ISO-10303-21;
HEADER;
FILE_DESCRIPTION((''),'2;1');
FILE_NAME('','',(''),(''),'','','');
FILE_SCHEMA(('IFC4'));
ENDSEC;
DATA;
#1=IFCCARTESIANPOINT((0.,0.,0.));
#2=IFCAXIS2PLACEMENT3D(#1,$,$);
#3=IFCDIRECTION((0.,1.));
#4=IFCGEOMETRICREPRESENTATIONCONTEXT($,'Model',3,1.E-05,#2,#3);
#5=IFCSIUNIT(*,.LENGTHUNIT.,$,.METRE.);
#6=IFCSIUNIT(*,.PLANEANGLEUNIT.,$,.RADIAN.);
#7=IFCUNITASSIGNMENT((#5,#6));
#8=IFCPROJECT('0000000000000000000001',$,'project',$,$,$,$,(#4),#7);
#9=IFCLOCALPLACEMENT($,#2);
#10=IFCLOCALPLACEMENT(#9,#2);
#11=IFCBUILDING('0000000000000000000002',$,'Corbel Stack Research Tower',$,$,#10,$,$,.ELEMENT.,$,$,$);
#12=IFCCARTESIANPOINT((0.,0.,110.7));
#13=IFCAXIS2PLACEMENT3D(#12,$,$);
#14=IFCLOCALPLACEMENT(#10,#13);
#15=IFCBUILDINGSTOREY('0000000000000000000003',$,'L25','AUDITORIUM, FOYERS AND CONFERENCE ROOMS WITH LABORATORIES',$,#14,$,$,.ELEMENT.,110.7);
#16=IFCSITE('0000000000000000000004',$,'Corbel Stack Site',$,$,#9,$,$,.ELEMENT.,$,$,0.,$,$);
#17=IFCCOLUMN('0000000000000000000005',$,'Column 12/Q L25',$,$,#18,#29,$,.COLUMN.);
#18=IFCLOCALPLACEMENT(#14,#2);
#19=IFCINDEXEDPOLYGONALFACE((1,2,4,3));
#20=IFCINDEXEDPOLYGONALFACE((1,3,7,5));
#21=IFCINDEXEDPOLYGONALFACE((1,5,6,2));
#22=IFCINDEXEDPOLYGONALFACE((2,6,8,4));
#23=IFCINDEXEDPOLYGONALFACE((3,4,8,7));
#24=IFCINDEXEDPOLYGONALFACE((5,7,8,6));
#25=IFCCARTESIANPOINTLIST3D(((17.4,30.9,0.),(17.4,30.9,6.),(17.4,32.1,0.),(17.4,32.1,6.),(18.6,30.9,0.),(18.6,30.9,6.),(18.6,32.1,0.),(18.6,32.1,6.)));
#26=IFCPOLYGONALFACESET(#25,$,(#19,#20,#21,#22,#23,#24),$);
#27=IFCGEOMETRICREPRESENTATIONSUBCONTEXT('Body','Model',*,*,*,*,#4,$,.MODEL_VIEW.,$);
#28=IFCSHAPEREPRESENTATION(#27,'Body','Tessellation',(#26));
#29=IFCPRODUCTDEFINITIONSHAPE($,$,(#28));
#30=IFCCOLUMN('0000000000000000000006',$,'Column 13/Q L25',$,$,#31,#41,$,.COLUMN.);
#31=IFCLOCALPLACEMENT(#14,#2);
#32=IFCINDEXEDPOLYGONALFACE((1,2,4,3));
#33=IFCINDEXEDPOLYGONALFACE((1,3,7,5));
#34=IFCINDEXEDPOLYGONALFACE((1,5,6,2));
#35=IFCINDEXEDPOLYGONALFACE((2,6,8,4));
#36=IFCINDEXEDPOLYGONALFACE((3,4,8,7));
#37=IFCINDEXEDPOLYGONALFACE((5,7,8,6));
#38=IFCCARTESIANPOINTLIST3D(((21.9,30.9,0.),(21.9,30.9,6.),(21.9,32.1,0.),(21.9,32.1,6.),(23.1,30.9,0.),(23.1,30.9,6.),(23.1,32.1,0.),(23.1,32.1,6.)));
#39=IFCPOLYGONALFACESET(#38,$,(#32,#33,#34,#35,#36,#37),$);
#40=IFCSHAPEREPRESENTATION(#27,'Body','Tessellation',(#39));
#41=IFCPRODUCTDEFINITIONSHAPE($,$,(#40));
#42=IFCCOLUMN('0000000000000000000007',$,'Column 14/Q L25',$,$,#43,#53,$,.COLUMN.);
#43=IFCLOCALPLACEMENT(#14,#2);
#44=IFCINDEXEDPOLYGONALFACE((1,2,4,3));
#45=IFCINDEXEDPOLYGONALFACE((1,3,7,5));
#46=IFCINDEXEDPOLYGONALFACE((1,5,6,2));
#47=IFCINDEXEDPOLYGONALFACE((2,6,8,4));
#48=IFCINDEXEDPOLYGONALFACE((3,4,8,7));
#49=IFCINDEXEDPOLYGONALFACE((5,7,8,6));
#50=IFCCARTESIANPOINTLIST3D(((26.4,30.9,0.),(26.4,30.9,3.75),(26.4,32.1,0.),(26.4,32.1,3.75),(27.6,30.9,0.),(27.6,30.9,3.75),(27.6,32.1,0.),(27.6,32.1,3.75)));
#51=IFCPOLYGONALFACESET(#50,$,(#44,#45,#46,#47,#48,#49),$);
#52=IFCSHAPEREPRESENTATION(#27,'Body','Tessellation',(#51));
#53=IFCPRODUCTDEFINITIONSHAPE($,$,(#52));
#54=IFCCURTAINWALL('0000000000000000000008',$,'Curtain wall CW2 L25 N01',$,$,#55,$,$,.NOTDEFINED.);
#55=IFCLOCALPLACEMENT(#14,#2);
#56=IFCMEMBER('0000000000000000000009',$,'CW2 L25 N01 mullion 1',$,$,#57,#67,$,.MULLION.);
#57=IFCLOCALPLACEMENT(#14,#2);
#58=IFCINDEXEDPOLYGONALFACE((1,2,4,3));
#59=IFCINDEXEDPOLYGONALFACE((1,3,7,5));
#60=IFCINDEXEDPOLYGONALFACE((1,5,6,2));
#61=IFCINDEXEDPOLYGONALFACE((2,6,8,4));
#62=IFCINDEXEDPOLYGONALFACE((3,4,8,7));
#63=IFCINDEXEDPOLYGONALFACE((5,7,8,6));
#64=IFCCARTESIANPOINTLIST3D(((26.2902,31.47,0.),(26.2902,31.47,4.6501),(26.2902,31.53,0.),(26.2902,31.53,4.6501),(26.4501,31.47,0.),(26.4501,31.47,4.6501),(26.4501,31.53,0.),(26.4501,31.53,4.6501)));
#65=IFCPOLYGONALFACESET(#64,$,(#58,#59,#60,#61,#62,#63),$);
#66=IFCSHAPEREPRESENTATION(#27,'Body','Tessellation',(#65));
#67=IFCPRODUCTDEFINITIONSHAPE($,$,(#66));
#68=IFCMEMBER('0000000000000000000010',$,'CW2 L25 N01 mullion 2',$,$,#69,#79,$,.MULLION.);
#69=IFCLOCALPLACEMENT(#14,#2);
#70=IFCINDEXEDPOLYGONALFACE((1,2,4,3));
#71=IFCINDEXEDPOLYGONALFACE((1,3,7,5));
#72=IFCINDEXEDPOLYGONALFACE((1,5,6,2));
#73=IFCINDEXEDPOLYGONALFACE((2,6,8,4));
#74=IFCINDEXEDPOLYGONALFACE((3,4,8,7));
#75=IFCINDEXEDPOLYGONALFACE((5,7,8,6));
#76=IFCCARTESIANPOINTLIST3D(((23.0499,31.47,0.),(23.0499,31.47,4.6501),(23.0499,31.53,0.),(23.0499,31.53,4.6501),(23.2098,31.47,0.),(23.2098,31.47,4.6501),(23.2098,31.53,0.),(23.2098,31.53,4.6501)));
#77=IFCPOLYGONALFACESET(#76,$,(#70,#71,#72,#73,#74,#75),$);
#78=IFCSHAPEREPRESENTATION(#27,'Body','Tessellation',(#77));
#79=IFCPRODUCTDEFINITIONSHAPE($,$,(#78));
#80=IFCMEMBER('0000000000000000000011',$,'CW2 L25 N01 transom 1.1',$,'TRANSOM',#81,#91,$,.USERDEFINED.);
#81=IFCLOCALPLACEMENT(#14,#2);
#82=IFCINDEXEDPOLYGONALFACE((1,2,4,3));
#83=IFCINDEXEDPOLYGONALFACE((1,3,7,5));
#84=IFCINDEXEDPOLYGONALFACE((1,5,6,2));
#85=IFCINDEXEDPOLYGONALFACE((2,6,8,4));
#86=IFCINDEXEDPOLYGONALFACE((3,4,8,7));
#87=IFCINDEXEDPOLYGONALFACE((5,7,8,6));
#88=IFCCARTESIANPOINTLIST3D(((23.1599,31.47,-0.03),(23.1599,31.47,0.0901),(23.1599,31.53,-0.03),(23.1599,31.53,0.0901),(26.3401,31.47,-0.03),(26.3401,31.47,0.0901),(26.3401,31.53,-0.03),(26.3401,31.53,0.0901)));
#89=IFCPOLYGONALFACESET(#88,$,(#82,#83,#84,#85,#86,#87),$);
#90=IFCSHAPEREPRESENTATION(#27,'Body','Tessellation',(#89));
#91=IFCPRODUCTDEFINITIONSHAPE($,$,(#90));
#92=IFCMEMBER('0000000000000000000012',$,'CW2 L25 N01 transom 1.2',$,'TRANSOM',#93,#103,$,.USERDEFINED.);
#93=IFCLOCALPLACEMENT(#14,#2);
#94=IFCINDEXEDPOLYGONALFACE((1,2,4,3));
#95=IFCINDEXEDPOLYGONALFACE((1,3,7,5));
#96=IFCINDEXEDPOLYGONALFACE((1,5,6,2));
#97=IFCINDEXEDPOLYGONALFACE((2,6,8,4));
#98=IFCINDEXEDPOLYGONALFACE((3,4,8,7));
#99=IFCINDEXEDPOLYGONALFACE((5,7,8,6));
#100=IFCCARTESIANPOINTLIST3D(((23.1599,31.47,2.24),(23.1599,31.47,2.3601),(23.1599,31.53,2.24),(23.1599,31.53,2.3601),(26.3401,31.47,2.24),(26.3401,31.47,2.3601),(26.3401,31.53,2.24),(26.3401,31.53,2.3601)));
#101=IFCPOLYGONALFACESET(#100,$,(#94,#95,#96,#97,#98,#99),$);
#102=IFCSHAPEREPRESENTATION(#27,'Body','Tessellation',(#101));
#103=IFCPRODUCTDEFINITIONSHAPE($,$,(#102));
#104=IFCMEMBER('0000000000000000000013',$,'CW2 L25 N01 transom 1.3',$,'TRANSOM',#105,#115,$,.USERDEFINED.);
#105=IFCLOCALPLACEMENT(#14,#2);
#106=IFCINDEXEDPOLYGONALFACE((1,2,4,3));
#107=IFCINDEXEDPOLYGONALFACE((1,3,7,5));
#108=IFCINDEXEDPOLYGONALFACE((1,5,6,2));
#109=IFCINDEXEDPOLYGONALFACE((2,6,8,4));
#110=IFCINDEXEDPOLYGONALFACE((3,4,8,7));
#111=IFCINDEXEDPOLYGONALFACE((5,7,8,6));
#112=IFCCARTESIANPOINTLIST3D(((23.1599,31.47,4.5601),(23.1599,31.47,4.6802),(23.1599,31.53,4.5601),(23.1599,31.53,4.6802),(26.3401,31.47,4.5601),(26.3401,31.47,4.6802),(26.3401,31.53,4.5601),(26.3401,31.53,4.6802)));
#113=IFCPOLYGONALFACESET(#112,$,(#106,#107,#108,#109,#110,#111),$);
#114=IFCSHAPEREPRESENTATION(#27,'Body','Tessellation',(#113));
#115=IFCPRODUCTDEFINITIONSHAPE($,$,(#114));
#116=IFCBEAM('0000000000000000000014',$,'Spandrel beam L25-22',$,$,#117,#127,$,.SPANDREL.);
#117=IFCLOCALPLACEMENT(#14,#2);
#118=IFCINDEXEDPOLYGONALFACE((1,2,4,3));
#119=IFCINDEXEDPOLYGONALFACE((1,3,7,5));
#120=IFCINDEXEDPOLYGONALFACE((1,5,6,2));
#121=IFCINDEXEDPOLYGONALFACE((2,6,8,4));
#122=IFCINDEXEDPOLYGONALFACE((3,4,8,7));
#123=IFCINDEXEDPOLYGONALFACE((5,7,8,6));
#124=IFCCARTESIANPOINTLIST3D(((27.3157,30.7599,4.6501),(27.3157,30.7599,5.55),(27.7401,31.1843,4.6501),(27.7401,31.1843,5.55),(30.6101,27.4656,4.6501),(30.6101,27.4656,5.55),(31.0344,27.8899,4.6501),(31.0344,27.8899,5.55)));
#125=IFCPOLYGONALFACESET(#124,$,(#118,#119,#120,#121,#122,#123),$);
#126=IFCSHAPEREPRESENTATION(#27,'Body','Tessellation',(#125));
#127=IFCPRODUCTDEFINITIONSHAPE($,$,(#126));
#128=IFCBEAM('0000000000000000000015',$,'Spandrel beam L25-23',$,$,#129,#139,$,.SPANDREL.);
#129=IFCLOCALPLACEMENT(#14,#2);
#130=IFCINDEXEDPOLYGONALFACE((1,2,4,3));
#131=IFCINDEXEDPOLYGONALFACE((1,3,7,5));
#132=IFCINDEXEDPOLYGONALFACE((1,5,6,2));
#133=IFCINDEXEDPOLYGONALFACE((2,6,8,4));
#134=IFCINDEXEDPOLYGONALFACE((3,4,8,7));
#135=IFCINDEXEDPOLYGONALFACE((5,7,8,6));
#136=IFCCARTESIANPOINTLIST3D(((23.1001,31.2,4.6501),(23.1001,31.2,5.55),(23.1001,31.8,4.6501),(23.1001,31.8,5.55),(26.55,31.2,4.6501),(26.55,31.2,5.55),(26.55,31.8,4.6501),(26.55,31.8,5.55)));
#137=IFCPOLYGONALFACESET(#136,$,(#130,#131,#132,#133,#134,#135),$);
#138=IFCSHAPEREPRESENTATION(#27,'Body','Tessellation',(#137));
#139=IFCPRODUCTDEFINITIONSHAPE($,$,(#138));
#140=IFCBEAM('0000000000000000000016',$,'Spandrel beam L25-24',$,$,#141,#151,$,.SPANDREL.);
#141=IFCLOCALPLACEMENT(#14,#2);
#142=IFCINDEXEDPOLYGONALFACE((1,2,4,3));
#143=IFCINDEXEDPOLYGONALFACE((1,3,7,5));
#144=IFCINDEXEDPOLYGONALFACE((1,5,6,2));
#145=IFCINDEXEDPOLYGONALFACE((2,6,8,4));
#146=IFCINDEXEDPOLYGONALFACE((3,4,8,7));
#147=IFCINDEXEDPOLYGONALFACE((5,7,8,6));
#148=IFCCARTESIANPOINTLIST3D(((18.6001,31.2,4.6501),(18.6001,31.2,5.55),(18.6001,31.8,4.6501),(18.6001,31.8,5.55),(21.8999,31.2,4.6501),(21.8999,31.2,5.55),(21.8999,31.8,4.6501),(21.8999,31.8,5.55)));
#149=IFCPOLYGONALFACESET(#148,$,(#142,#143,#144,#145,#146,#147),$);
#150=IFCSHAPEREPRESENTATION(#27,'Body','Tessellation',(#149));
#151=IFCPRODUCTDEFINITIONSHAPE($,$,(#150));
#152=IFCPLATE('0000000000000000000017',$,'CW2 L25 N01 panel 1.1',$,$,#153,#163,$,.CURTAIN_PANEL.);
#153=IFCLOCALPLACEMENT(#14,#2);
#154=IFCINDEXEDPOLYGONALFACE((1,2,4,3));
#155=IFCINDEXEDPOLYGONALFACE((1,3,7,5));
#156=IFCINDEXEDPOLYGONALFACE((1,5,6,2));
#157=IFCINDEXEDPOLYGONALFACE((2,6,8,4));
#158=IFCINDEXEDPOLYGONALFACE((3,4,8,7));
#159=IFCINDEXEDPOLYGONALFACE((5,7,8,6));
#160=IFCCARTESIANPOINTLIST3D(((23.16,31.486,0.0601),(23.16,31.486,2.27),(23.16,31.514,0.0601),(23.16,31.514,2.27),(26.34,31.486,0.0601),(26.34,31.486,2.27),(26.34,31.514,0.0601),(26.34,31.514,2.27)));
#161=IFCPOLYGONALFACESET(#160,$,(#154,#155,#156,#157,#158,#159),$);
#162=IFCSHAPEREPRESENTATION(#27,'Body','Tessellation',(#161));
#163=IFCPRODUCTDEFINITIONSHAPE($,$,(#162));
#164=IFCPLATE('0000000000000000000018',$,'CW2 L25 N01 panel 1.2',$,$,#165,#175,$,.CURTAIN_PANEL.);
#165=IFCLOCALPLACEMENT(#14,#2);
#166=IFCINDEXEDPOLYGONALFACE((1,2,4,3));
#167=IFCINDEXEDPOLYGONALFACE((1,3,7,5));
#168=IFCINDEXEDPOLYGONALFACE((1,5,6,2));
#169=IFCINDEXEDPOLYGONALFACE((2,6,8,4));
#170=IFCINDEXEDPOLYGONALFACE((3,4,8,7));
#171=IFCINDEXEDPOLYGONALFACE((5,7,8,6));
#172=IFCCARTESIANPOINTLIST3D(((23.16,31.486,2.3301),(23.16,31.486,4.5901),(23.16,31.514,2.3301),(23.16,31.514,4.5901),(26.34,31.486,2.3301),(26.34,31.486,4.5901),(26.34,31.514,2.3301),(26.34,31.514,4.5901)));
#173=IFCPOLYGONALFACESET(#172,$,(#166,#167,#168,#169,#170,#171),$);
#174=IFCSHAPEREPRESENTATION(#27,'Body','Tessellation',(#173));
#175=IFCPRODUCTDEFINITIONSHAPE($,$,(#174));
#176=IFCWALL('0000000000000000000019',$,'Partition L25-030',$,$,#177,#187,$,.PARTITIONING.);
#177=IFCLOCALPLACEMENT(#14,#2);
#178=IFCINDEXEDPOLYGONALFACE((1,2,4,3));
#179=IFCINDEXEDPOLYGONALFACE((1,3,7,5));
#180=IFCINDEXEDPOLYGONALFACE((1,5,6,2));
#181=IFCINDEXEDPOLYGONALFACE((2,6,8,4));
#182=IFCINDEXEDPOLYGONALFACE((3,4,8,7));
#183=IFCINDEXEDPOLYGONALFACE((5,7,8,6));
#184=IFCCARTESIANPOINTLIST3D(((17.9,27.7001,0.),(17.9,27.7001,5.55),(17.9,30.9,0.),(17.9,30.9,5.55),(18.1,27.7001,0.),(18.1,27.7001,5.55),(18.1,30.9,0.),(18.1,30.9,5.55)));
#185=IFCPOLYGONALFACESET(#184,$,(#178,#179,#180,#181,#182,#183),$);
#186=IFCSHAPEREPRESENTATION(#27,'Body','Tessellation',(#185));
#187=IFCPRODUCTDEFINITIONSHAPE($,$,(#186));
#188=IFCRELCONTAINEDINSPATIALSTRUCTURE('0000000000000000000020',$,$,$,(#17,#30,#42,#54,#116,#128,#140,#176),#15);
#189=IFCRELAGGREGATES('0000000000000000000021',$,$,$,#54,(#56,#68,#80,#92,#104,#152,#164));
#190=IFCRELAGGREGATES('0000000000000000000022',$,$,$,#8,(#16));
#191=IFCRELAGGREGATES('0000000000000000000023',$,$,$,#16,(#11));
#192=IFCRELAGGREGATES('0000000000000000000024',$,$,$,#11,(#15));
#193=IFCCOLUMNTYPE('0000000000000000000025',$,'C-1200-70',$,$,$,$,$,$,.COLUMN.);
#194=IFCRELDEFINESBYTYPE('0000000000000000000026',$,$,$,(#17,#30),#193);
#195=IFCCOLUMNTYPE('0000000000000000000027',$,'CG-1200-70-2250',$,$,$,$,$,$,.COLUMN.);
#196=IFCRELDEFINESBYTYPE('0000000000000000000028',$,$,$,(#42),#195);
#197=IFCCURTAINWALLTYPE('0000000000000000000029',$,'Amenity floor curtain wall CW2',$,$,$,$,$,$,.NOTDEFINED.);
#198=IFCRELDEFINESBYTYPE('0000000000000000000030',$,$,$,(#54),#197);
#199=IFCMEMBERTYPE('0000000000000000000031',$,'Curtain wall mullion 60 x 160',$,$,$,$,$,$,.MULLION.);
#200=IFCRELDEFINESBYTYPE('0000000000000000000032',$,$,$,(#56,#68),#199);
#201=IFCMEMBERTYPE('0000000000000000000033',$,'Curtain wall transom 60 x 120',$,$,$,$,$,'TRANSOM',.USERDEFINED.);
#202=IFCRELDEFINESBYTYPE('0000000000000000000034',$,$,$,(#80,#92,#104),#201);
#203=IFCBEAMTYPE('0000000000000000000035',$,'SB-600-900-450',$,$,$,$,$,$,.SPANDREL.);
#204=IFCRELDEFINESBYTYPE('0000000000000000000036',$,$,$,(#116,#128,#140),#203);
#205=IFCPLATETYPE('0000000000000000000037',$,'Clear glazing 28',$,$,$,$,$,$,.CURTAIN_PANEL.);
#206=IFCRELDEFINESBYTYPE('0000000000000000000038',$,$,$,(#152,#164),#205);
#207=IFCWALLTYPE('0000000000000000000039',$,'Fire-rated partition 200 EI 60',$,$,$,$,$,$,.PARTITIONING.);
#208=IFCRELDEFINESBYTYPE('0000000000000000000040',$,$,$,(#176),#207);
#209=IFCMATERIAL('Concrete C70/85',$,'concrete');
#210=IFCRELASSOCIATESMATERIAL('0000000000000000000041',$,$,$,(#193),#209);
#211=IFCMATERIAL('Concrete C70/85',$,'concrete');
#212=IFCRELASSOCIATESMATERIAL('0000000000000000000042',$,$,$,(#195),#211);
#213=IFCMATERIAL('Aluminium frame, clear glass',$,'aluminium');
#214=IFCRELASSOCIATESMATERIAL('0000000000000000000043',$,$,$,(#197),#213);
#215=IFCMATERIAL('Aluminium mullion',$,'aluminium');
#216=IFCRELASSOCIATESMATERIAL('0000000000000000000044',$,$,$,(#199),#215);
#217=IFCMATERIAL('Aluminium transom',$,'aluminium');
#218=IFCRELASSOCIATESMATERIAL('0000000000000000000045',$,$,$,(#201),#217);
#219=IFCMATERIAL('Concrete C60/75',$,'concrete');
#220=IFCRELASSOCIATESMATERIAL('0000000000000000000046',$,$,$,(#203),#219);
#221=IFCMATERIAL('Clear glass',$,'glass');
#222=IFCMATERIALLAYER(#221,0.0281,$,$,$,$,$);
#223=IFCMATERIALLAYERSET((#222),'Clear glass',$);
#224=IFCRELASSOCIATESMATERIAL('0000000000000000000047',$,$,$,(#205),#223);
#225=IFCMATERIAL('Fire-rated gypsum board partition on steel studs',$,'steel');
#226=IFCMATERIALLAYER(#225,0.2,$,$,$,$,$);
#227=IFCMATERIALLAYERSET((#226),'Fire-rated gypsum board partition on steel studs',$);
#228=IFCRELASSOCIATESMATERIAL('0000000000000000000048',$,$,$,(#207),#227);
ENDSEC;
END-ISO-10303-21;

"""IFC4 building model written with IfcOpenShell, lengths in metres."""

from ifc_helpers import new_model, si_unit, direction, frame, frame_2d, origin, origin_2d, place, context, subcontext, project, spatial, rectangle, extrude, material, layer, layer_set, material_profile, profile_set, type_object, element, aggregate, save


model = new_model("IFC4")

# Units and contexts
model_context = context("Model", 3, precision=1e-05, world=origin(), true_north=direction((0.0, 1.0)))
body_context = subcontext(model_context, "Body", "Model", "MODEL_VIEW")
ifc_project = project(units=[si_unit("LENGTHUNIT", "METRE"), si_unit("PLANEANGLEUNIT", "RADIAN")], contexts=[model_context])

# Site, building, storey
site_placement = place(None, origin())
site = spatial("IfcSite", under=ifc_project, at=site_placement, Name="Corbel Stack Site", CompositionType="ELEMENT", RefElevation=0.0)
building_placement = place(site_placement, origin())
building = spatial("IfcBuilding", under=site, at=building_placement, Name="Corbel Stack Research Tower", CompositionType="ELEMENT")
storey_placement = place(building_placement, frame((0.0, 0.0, 110.7)))
storey = spatial("IfcBuildingStorey", under=building, at=storey_placement, Name="L25", Description="AUDITORIUM, FOYERS AND CONFERENCE ROOMS WITH LABORATORIES", CompositionType="ELEMENT", Elevation=110.7)

# Columns
ifc_material_1 = material(Name="Concrete C70/85", Category="concrete")
ifc_material_profile_1 = material_profile(ifc_material_1, rectangle(XDim=1.2, YDim=1.2, at=origin_2d()), Name="RC 1200 x 1200")
ifc_profile_set_1 = profile_set([ifc_material_profile_1], Name="Concrete C70/85")
column_type_1 = type_object("IfcColumnType", Name="C-1200-70", PredefinedType="COLUMN", material=ifc_profile_set_1)
for number, where, z_axis, x_axis, name in (
    (1, (18.0, 31.5, 0.0), (0.0, 0.0, 1.0), (1.0, 0.0, 0.0), "Column 12/Q L25"),
    (2, (22.5, 31.5, 0.0), (0.0, 0.0, 1.0), (1.0, 0.0, 0.0), "Column 13/Q L25"),
):
    element("IfcColumn", number, at=place(storey_placement, frame(where, z_axis=z_axis, x_axis=x_axis)), inside=storey, type_object=column_type_1, Name=name, PredefinedType="COLUMN", context=body_context, shape_type="SweptSolid", body=[
        extrude(rectangle(XDim=1.2, YDim=1.2, at=origin_2d()), origin(), (0.0, 0.0, 1.0), 6.0),
    ])
ifc_material_2 = material(Name="Concrete C70/85", Category="concrete")
ifc_material_profile_2 = material_profile(ifc_material_2, rectangle(XDim=1.2, YDim=1.2, at=origin_2d()), Name="RC 1200 x 1200")
ifc_profile_set_2 = profile_set([ifc_material_profile_2], Name="Concrete C70/85")
column_type_2 = type_object("IfcColumnType", Name="CG-1200-70-2250", PredefinedType="COLUMN", material=ifc_profile_set_2)
column_placement = place(storey_placement, frame((27.0, 31.5, 0.0), z_axis=(0.0, 0.0, 1.0), x_axis=(1.0, 0.0, 0.0)))
element("IfcColumn", 3, at=column_placement, inside=storey, type_object=column_type_2, Name="Column 14/Q L25", PredefinedType="COLUMN", context=body_context, shape_type="SweptSolid", body=[
    extrude(rectangle(XDim=1.2, YDim=1.2, at=origin_2d()), origin(), (0.0, 0.0, 1.0), 3.75),
])

# Curtain wall, members
ifc_material_3 = material(Name="Aluminium frame, clear glass", Category="aluminium")
curtain_wall_type = type_object("IfcCurtainWallType", Name="Amenity floor curtain wall CW2", PredefinedType="NOTDEFINED", material=ifc_material_3)
curtain_wall_placement = place(storey_placement, origin())
curtain_wall = element("IfcCurtainWall", 4, at=curtain_wall_placement, inside=storey, type_object=curtain_wall_type, Name="Curtain wall CW2 L25 N01", PredefinedType="NOTDEFINED")
ifc_material_4 = material(Name="Aluminium mullion", Category="aluminium")
ifc_material_profile_3 = material_profile(ifc_material_4, rectangle(XDim=0.0601, YDim=0.1599, at=origin_2d()), Name="Mullion 60 x 160")
ifc_profile_set_3 = profile_set([ifc_material_profile_3], Name="Aluminium mullion")
member_type_1 = type_object("IfcMemberType", Name="Curtain wall mullion 60 x 160", PredefinedType="MULLION", material=ifc_profile_set_3)
member_1_placement = place(storey_placement, frame((26.3701, 31.5, 0.0), z_axis=(0.0, 0.0, 1.0), x_axis=(0.0, -1.0, 0.0)))
member_1 = element("IfcMember", 5, at=member_1_placement, type_object=member_type_1, Name="CW2 L25 N01 mullion 1", PredefinedType="MULLION", context=body_context, shape_type="SweptSolid", body=[
    extrude(rectangle(XDim=0.0601, YDim=0.1599, at=origin_2d()), origin(), (0.0, 0.0, 1.0), 4.6501),
])
member_2_placement = place(storey_placement, frame((23.1299, 31.5, 0.0), z_axis=(0.0, 0.0, 1.0), x_axis=(0.0, -1.0, 0.0)))
member_2 = element("IfcMember", 6, at=member_2_placement, type_object=member_type_1, Name="CW2 L25 N01 mullion 2", PredefinedType="MULLION", context=body_context, shape_type="SweptSolid", body=[
    extrude(rectangle(XDim=0.0601, YDim=0.1599, at=origin_2d()), origin(), (0.0, 0.0, 1.0), 4.6501),
])
ifc_material_5 = material(Name="Aluminium transom", Category="aluminium")
ifc_material_profile_4 = material_profile(ifc_material_5, rectangle(XDim=0.0601, YDim=0.1201, at=origin_2d()), Name="Transom 60 x 120")
ifc_profile_set_4 = profile_set([ifc_material_profile_4], Name="Aluminium transom")
member_type_2 = type_object("IfcMemberType", Name="Curtain wall transom 60 x 120", ElementType="TRANSOM", PredefinedType="USERDEFINED", material=ifc_profile_set_4)
member_3_placement = place(storey_placement, frame((26.3401, 31.5, 0.03), z_axis=(-1.0, 0.0, 0.0), x_axis=(0.0, -1.0, 0.0)))
member_3 = element("IfcMember", 7, at=member_3_placement, type_object=member_type_2, Name="CW2 L25 N01 transom 1.1", ObjectType="TRANSOM", PredefinedType="USERDEFINED", context=body_context, shape_type="SweptSolid", body=[
    extrude(rectangle(XDim=0.0601, YDim=0.1201, at=origin_2d()), origin(), (0.0, 0.0, 1.0), 3.1802),
])
member_4_placement = place(storey_placement, frame((26.3401, 31.5, 2.3), z_axis=(-1.0, 0.0, 0.0), x_axis=(0.0, -1.0, 0.0)))
member_4 = element("IfcMember", 8, at=member_4_placement, type_object=member_type_2, Name="CW2 L25 N01 transom 1.2", ObjectType="TRANSOM", PredefinedType="USERDEFINED", context=body_context, shape_type="SweptSolid", body=[
    extrude(rectangle(XDim=0.0601, YDim=0.1201, at=origin_2d()), origin(), (0.0, 0.0, 1.0), 3.1802),
])
member_5_placement = place(storey_placement, frame((26.3401, 31.5, 4.6201), z_axis=(-1.0, 0.0, 0.0), x_axis=(0.0, -1.0, 0.0)))
member_5 = element("IfcMember", 9, at=member_5_placement, type_object=member_type_2, Name="CW2 L25 N01 transom 1.3", ObjectType="TRANSOM", PredefinedType="USERDEFINED", context=body_context, shape_type="SweptSolid", body=[
    extrude(rectangle(XDim=0.0601, YDim=0.1201, at=origin_2d()), origin(), (0.0, 0.0, 1.0), 3.1802),
])

# Beams
ifc_material_6 = material(Name="Concrete C60/75", Category="concrete")
ifc_material_profile_5 = material_profile(ifc_material_6, rectangle(XDim=0.6001, YDim=0.8999, at=origin_2d()), Name="RC 600 x 900")
ifc_profile_set_5 = profile_set([ifc_material_profile_5], Name="Concrete C60/75")
beam_type = type_object("IfcBeamType", Name="SB-600-900-450", PredefinedType="SPANDREL", material=ifc_profile_set_5)
beam_1_placement = place(storey_placement, frame((30.8223, 27.6777, 5.1001), z_axis=(-0.707107, 0.707107, 0.0), x_axis=(-0.707107, -0.707107, 0.0)))
element("IfcBeam", 10, at=beam_1_placement, inside=storey, type_object=beam_type, Name="Spandrel beam L25-22", PredefinedType="SPANDREL", context=body_context, shape_type="SweptSolid", body=[
    extrude(rectangle(XDim=0.6001, YDim=0.8999, at=origin_2d()), origin(), (0.0, 0.0, 1.0), 4.6589),
])
beam_2_placement = place(storey_placement, frame((26.55, 31.5, 5.1001), z_axis=(-1.0, 0.0, 0.0), x_axis=(0.0, -1.0, 0.0)))
element("IfcBeam", 11, at=beam_2_placement, inside=storey, type_object=beam_type, Name="Spandrel beam L25-23", PredefinedType="SPANDREL", context=body_context, shape_type="SweptSolid", body=[
    extrude(rectangle(XDim=0.6001, YDim=0.8999, at=origin_2d()), origin(), (0.0, 0.0, 1.0), 3.45),
])
beam_3_placement = place(storey_placement, frame((21.8999, 31.5, 5.1001), z_axis=(-1.0, 0.0, 0.0), x_axis=(0.0, -1.0, 0.0)))
element("IfcBeam", 12, at=beam_3_placement, inside=storey, type_object=beam_type, Name="Spandrel beam L25-24", PredefinedType="SPANDREL", context=body_context, shape_type="SweptSolid", body=[
    extrude(rectangle(XDim=0.6001, YDim=0.8999, at=origin_2d()), origin(), (0.0, 0.0, 1.0), 3.2998),
])

# Plates
ifc_material_7 = material(Name="Clear glass", Category="glass")
ifc_layer_1 = layer(ifc_material_7, 0.0281)
ifc_layer_set_1 = layer_set([ifc_layer_1], Name="Clear glass")
plate_type = type_object("IfcPlateType", Name="Clear glazing 28", PredefinedType="CURTAIN_PANEL", material=ifc_layer_set_1)
plate_1_placement = place(storey_placement, frame((24.75, 31.5, 0.0601), z_axis=(0.0, 0.0, 1.0), x_axis=(-1.0, 0.0, 0.0)))
plate_1 = element("IfcPlate", 13, at=plate_1_placement, type_object=plate_type, Name="CW2 L25 N01 panel 1.1", PredefinedType="CURTAIN_PANEL", context=body_context, shape_type="SweptSolid", body=[
    extrude(rectangle(XDim=3.1799, YDim=0.0281, at=origin_2d()), origin(), (0.0, 0.0, 1.0), 2.21),
])
plate_2_placement = place(storey_placement, frame((24.75, 31.5, 2.3301), z_axis=(0.0, 0.0, 1.0), x_axis=(-1.0, 0.0, 0.0)))
plate_2 = element("IfcPlate", 14, at=plate_2_placement, type_object=plate_type, Name="CW2 L25 N01 panel 1.2", PredefinedType="CURTAIN_PANEL", context=body_context, shape_type="SweptSolid", body=[
    extrude(rectangle(XDim=3.1799, YDim=0.0281, at=origin_2d()), origin(), (0.0, 0.0, 1.0), 2.26),
])
aggregate(curtain_wall, [member_1, member_2, member_3, member_4, member_5, plate_1, plate_2])

# Wall
ifc_material_8 = material(Name="Fire-rated gypsum board partition on steel studs", Category="steel")
ifc_layer_2 = layer(ifc_material_8, 0.2)
ifc_layer_set_2 = layer_set([ifc_layer_2], Name="Fire-rated gypsum board partition on steel studs")
wall_type_1 = type_object("IfcWallType", Name="Fire-rated partition 200 EI 60", PredefinedType="PARTITIONING", material=ifc_layer_set_2)
wall_1_placement = place(storey_placement, frame((18.0, 27.7, 0.0), z_axis=(0.0, 0.0, 1.0), x_axis=(0.0, 1.0, 0.0)))
element("IfcWall", 15, at=wall_1_placement, inside=storey, type_object=wall_type_1, Name="Partition L25-030", PredefinedType="PARTITIONING", context=body_context, shape_type="SweptSolid", body=[
    extrude(rectangle(XDim=3.2, YDim=0.2, at=frame_2d((1.6001, 0.0))), origin(), (0.0, 0.0, 1.0), 5.55),
])

save(model, "model.ifc")
